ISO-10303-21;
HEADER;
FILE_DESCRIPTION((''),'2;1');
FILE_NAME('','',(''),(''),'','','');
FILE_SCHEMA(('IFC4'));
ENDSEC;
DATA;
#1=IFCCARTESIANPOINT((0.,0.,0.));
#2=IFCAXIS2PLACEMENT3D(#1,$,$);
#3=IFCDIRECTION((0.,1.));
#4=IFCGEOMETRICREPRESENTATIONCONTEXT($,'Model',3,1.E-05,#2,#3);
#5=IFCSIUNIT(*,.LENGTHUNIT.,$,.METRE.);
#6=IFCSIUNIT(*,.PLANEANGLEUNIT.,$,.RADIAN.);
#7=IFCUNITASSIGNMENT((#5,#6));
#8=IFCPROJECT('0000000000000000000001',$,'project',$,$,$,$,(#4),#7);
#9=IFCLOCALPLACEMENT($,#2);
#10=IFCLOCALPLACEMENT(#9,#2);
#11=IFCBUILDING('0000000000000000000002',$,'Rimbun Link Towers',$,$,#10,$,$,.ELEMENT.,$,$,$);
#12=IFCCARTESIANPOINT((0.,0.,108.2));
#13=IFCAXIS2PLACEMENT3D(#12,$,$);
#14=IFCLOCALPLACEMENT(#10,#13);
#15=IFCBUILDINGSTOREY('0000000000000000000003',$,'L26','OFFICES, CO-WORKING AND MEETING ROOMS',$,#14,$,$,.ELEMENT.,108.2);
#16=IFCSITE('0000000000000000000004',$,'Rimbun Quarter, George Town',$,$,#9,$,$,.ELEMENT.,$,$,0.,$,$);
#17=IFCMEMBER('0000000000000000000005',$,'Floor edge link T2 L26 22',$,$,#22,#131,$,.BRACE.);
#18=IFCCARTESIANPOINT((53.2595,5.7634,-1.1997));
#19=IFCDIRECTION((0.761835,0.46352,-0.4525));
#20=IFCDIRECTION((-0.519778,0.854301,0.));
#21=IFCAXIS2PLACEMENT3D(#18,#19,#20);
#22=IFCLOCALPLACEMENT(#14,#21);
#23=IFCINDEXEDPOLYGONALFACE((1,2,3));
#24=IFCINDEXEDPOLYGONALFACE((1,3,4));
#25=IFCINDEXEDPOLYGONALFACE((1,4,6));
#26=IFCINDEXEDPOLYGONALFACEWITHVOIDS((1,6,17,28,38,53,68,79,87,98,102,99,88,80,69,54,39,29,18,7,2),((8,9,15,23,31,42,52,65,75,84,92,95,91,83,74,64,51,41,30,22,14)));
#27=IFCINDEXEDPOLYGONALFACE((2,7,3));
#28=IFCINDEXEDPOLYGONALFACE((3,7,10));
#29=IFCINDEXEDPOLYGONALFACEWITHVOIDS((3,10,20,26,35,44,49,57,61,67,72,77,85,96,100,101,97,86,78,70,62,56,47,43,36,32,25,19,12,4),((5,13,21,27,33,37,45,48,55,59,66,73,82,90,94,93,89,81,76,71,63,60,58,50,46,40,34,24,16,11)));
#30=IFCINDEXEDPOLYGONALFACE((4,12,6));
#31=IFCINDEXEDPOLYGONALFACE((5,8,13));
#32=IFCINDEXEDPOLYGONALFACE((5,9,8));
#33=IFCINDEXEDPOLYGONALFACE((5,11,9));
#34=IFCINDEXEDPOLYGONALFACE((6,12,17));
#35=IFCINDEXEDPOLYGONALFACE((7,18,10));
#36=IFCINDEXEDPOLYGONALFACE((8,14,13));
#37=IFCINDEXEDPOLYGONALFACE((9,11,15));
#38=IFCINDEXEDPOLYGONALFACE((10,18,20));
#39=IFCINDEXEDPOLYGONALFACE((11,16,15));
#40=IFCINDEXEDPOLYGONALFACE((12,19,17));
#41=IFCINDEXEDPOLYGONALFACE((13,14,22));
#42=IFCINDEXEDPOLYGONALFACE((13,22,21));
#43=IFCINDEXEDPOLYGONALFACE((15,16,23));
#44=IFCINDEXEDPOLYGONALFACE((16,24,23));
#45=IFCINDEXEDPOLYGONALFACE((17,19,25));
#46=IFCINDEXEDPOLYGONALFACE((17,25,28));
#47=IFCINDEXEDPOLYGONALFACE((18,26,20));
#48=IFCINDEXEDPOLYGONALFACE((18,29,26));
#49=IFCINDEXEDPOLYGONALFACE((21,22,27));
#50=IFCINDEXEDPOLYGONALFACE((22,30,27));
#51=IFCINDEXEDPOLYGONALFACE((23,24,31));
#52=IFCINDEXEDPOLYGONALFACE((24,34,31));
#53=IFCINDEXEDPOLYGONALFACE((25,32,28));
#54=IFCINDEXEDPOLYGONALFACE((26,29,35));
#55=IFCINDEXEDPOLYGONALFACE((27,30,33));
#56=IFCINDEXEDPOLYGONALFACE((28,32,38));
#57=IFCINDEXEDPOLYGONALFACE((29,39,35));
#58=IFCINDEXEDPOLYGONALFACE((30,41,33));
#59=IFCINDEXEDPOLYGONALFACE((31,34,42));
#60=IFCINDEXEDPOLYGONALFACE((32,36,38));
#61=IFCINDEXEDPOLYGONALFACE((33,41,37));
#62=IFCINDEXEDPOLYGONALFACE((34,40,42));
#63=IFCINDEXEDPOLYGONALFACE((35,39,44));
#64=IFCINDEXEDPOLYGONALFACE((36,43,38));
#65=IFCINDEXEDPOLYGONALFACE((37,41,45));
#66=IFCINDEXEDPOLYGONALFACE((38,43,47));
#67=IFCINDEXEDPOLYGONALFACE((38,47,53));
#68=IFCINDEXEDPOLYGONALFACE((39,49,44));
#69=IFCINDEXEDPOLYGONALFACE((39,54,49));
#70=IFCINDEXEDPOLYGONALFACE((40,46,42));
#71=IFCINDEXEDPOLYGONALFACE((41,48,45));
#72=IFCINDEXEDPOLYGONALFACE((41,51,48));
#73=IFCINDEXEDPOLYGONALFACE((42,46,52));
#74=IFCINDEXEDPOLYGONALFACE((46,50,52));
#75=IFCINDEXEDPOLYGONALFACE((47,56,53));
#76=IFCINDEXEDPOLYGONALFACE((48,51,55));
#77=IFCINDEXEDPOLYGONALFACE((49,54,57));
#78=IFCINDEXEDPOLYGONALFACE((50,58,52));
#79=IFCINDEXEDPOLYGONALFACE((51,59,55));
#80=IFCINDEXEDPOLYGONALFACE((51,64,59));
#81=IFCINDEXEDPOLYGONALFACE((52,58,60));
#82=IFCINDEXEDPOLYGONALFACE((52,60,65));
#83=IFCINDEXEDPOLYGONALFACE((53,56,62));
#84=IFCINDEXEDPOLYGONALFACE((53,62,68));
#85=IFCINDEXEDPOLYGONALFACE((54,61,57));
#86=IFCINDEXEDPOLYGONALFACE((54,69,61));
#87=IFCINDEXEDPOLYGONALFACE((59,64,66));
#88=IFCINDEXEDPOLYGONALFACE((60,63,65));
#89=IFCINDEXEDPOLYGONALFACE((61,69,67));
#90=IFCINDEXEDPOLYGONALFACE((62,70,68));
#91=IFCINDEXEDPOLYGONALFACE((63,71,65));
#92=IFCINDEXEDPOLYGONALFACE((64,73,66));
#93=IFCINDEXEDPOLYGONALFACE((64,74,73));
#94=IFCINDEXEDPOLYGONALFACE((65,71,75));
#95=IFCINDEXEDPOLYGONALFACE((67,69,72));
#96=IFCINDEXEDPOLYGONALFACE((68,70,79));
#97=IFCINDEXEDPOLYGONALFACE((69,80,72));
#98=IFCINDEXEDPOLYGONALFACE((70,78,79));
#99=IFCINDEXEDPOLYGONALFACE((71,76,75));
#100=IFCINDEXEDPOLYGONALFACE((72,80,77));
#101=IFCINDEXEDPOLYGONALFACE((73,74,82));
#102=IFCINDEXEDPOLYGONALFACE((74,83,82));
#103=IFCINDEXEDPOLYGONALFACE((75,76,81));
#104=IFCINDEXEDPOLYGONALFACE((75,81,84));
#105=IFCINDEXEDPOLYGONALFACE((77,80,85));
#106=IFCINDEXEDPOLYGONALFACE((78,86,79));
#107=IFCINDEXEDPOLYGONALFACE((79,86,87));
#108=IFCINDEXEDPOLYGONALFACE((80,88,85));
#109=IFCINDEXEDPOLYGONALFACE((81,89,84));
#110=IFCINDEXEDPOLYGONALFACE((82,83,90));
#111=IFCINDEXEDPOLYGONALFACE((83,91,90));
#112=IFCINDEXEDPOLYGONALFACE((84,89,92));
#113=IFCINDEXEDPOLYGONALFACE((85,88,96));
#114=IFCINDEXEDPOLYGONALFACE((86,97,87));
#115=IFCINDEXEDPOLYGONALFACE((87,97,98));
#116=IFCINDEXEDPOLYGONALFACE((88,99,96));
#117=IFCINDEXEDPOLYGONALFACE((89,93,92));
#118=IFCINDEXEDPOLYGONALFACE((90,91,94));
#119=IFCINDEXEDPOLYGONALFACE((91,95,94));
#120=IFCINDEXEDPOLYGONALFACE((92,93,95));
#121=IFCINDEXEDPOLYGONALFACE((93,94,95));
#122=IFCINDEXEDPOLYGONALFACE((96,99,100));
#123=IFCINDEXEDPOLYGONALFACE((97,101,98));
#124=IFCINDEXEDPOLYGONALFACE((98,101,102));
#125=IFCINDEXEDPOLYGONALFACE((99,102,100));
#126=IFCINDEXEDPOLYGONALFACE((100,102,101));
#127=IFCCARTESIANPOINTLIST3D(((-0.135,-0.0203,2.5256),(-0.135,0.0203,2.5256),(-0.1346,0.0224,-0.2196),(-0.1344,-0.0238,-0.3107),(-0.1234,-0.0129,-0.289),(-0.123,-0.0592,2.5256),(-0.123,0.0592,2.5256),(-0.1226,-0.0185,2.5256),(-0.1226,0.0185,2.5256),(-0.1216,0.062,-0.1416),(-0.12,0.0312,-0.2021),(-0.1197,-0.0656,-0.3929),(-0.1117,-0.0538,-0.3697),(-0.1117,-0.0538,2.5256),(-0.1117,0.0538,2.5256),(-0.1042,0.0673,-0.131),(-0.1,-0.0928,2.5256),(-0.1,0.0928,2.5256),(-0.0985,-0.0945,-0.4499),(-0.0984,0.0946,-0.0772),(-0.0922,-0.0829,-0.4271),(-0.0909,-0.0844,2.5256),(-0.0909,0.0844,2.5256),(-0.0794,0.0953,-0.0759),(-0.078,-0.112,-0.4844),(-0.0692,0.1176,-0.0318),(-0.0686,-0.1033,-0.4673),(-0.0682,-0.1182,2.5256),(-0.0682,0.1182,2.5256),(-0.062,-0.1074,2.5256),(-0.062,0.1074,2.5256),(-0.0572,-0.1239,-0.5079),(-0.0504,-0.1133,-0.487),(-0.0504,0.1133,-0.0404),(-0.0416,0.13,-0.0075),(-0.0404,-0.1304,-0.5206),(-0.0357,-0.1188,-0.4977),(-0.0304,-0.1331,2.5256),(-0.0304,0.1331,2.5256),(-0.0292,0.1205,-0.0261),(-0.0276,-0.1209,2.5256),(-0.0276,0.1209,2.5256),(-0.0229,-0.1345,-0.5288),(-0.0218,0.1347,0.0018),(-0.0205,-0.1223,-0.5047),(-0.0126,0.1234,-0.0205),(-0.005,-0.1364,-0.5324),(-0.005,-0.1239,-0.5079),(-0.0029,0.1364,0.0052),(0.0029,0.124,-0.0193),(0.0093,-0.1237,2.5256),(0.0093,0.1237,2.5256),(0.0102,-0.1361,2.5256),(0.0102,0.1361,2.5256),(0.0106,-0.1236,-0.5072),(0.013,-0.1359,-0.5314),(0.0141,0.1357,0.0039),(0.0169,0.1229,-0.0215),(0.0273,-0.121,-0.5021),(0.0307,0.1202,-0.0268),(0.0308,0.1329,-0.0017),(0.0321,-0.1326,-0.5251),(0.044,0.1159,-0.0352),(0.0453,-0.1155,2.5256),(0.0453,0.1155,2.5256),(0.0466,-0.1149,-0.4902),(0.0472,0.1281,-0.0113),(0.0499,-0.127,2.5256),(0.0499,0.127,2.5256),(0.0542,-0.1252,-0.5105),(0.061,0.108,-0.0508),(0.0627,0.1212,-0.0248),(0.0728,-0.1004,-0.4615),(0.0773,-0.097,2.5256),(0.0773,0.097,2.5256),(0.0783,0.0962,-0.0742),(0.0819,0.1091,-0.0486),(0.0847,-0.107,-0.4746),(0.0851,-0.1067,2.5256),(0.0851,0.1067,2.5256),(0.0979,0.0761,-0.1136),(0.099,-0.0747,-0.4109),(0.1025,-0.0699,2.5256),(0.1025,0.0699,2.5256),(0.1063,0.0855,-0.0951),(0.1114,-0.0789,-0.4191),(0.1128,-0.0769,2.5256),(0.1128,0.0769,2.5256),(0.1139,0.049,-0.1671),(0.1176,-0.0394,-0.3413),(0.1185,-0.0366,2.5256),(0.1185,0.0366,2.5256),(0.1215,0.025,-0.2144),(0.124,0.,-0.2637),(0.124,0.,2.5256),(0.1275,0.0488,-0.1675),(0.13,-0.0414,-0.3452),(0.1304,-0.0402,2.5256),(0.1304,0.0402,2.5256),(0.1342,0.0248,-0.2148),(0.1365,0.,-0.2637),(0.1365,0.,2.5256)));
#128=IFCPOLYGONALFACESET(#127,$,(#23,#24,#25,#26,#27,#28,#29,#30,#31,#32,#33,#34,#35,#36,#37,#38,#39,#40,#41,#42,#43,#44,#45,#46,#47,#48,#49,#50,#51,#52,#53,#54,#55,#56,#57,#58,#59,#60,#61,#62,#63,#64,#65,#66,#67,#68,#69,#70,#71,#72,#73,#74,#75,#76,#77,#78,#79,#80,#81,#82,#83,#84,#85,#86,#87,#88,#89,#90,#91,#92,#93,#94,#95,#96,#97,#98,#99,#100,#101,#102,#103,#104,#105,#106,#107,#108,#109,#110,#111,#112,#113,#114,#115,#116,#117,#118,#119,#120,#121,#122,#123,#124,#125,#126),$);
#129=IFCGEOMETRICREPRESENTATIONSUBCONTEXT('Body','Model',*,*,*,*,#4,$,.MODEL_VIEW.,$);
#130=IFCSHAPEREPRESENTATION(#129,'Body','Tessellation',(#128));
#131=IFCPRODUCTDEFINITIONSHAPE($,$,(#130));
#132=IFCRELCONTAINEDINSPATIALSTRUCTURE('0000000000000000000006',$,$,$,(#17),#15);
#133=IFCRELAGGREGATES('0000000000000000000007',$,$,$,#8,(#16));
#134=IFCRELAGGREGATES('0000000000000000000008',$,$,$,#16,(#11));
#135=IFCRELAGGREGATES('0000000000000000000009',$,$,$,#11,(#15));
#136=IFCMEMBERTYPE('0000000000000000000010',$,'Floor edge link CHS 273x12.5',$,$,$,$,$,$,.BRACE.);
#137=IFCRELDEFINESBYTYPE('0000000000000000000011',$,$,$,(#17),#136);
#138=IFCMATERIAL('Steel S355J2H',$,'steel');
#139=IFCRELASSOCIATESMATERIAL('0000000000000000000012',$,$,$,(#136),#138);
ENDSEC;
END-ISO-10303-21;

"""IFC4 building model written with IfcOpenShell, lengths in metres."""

from ifc_helpers import new_model, si_unit, direction, frame, origin, origin_2d, place, context, subcontext, project, spatial, hollow_circle, extrude, clip, halfspace, material, material_profile, profile_set, type_object, element, save


model = new_model("IFC4")

# Units and contexts
model_context = context("Model", 3, precision=1e-05, world=origin(), true_north=direction((0.0, 1.0)))
body_context = subcontext(model_context, "Body", "Model", "MODEL_VIEW")
ifc_project = project(units=[si_unit("LENGTHUNIT", "METRE"), si_unit("PLANEANGLEUNIT", "RADIAN")], contexts=[model_context])

# Site, building, storey
site_placement = place(None, origin())
site = spatial("IfcSite", under=ifc_project, at=site_placement, Name="Rimbun Quarter, George Town", CompositionType="ELEMENT", RefElevation=0.0)
building_placement = place(site_placement, origin())
building = spatial("IfcBuilding", under=site, at=building_placement, Name="Rimbun Link Towers", CompositionType="ELEMENT")
storey_placement = place(building_placement, frame((0.0, 0.0, 108.2)))
storey = spatial("IfcBuildingStorey", under=building, at=storey_placement, Name="L26", Description="OFFICES, CO-WORKING AND MEETING ROOMS", CompositionType="ELEMENT", Elevation=108.2)

# Member
ifc_material_1 = material(Name="Steel S355J2H", Category="steel")
ifc_material_profile_1 = material_profile(ifc_material_1, hollow_circle(Radius=0.1365, WallThickness=0.0125, at=origin_2d()), Name="CHS 273x12.5")
ifc_profile_set_1 = profile_set([ifc_material_profile_1], Name="Steel S355J2H")
member_type_1 = type_object("IfcMemberType", Name="Floor edge link CHS 273x12.5", PredefinedType="BRACE", material=ifc_profile_set_1)
member_1_placement = place(storey_placement, frame((53.2595, 5.7634, -1.1997), z_axis=(0.761835, 0.46352, -0.4525), x_axis=(-0.519778, 0.854301, 0.0)))
element("IfcMember", 1, at=member_1_placement, inside=storey, type_object=member_type_1, Name="Floor edge link T2 L26 22", PredefinedType="BRACE", context=body_context, shape_type="Clipping", body=[
    clip(extrude(hollow_circle(Radius=0.1365, WallThickness=0.0125, at=origin_2d()), frame((0.0, 0.0, -0.5601)), (0.0, 0.0, 1.0), 3.0857), halfspace(frame((0.0, 0.0, -0.2637), z_axis=(0.0, 0.891764, -0.4525)), False)),
])

save(model, "model.ifc")
